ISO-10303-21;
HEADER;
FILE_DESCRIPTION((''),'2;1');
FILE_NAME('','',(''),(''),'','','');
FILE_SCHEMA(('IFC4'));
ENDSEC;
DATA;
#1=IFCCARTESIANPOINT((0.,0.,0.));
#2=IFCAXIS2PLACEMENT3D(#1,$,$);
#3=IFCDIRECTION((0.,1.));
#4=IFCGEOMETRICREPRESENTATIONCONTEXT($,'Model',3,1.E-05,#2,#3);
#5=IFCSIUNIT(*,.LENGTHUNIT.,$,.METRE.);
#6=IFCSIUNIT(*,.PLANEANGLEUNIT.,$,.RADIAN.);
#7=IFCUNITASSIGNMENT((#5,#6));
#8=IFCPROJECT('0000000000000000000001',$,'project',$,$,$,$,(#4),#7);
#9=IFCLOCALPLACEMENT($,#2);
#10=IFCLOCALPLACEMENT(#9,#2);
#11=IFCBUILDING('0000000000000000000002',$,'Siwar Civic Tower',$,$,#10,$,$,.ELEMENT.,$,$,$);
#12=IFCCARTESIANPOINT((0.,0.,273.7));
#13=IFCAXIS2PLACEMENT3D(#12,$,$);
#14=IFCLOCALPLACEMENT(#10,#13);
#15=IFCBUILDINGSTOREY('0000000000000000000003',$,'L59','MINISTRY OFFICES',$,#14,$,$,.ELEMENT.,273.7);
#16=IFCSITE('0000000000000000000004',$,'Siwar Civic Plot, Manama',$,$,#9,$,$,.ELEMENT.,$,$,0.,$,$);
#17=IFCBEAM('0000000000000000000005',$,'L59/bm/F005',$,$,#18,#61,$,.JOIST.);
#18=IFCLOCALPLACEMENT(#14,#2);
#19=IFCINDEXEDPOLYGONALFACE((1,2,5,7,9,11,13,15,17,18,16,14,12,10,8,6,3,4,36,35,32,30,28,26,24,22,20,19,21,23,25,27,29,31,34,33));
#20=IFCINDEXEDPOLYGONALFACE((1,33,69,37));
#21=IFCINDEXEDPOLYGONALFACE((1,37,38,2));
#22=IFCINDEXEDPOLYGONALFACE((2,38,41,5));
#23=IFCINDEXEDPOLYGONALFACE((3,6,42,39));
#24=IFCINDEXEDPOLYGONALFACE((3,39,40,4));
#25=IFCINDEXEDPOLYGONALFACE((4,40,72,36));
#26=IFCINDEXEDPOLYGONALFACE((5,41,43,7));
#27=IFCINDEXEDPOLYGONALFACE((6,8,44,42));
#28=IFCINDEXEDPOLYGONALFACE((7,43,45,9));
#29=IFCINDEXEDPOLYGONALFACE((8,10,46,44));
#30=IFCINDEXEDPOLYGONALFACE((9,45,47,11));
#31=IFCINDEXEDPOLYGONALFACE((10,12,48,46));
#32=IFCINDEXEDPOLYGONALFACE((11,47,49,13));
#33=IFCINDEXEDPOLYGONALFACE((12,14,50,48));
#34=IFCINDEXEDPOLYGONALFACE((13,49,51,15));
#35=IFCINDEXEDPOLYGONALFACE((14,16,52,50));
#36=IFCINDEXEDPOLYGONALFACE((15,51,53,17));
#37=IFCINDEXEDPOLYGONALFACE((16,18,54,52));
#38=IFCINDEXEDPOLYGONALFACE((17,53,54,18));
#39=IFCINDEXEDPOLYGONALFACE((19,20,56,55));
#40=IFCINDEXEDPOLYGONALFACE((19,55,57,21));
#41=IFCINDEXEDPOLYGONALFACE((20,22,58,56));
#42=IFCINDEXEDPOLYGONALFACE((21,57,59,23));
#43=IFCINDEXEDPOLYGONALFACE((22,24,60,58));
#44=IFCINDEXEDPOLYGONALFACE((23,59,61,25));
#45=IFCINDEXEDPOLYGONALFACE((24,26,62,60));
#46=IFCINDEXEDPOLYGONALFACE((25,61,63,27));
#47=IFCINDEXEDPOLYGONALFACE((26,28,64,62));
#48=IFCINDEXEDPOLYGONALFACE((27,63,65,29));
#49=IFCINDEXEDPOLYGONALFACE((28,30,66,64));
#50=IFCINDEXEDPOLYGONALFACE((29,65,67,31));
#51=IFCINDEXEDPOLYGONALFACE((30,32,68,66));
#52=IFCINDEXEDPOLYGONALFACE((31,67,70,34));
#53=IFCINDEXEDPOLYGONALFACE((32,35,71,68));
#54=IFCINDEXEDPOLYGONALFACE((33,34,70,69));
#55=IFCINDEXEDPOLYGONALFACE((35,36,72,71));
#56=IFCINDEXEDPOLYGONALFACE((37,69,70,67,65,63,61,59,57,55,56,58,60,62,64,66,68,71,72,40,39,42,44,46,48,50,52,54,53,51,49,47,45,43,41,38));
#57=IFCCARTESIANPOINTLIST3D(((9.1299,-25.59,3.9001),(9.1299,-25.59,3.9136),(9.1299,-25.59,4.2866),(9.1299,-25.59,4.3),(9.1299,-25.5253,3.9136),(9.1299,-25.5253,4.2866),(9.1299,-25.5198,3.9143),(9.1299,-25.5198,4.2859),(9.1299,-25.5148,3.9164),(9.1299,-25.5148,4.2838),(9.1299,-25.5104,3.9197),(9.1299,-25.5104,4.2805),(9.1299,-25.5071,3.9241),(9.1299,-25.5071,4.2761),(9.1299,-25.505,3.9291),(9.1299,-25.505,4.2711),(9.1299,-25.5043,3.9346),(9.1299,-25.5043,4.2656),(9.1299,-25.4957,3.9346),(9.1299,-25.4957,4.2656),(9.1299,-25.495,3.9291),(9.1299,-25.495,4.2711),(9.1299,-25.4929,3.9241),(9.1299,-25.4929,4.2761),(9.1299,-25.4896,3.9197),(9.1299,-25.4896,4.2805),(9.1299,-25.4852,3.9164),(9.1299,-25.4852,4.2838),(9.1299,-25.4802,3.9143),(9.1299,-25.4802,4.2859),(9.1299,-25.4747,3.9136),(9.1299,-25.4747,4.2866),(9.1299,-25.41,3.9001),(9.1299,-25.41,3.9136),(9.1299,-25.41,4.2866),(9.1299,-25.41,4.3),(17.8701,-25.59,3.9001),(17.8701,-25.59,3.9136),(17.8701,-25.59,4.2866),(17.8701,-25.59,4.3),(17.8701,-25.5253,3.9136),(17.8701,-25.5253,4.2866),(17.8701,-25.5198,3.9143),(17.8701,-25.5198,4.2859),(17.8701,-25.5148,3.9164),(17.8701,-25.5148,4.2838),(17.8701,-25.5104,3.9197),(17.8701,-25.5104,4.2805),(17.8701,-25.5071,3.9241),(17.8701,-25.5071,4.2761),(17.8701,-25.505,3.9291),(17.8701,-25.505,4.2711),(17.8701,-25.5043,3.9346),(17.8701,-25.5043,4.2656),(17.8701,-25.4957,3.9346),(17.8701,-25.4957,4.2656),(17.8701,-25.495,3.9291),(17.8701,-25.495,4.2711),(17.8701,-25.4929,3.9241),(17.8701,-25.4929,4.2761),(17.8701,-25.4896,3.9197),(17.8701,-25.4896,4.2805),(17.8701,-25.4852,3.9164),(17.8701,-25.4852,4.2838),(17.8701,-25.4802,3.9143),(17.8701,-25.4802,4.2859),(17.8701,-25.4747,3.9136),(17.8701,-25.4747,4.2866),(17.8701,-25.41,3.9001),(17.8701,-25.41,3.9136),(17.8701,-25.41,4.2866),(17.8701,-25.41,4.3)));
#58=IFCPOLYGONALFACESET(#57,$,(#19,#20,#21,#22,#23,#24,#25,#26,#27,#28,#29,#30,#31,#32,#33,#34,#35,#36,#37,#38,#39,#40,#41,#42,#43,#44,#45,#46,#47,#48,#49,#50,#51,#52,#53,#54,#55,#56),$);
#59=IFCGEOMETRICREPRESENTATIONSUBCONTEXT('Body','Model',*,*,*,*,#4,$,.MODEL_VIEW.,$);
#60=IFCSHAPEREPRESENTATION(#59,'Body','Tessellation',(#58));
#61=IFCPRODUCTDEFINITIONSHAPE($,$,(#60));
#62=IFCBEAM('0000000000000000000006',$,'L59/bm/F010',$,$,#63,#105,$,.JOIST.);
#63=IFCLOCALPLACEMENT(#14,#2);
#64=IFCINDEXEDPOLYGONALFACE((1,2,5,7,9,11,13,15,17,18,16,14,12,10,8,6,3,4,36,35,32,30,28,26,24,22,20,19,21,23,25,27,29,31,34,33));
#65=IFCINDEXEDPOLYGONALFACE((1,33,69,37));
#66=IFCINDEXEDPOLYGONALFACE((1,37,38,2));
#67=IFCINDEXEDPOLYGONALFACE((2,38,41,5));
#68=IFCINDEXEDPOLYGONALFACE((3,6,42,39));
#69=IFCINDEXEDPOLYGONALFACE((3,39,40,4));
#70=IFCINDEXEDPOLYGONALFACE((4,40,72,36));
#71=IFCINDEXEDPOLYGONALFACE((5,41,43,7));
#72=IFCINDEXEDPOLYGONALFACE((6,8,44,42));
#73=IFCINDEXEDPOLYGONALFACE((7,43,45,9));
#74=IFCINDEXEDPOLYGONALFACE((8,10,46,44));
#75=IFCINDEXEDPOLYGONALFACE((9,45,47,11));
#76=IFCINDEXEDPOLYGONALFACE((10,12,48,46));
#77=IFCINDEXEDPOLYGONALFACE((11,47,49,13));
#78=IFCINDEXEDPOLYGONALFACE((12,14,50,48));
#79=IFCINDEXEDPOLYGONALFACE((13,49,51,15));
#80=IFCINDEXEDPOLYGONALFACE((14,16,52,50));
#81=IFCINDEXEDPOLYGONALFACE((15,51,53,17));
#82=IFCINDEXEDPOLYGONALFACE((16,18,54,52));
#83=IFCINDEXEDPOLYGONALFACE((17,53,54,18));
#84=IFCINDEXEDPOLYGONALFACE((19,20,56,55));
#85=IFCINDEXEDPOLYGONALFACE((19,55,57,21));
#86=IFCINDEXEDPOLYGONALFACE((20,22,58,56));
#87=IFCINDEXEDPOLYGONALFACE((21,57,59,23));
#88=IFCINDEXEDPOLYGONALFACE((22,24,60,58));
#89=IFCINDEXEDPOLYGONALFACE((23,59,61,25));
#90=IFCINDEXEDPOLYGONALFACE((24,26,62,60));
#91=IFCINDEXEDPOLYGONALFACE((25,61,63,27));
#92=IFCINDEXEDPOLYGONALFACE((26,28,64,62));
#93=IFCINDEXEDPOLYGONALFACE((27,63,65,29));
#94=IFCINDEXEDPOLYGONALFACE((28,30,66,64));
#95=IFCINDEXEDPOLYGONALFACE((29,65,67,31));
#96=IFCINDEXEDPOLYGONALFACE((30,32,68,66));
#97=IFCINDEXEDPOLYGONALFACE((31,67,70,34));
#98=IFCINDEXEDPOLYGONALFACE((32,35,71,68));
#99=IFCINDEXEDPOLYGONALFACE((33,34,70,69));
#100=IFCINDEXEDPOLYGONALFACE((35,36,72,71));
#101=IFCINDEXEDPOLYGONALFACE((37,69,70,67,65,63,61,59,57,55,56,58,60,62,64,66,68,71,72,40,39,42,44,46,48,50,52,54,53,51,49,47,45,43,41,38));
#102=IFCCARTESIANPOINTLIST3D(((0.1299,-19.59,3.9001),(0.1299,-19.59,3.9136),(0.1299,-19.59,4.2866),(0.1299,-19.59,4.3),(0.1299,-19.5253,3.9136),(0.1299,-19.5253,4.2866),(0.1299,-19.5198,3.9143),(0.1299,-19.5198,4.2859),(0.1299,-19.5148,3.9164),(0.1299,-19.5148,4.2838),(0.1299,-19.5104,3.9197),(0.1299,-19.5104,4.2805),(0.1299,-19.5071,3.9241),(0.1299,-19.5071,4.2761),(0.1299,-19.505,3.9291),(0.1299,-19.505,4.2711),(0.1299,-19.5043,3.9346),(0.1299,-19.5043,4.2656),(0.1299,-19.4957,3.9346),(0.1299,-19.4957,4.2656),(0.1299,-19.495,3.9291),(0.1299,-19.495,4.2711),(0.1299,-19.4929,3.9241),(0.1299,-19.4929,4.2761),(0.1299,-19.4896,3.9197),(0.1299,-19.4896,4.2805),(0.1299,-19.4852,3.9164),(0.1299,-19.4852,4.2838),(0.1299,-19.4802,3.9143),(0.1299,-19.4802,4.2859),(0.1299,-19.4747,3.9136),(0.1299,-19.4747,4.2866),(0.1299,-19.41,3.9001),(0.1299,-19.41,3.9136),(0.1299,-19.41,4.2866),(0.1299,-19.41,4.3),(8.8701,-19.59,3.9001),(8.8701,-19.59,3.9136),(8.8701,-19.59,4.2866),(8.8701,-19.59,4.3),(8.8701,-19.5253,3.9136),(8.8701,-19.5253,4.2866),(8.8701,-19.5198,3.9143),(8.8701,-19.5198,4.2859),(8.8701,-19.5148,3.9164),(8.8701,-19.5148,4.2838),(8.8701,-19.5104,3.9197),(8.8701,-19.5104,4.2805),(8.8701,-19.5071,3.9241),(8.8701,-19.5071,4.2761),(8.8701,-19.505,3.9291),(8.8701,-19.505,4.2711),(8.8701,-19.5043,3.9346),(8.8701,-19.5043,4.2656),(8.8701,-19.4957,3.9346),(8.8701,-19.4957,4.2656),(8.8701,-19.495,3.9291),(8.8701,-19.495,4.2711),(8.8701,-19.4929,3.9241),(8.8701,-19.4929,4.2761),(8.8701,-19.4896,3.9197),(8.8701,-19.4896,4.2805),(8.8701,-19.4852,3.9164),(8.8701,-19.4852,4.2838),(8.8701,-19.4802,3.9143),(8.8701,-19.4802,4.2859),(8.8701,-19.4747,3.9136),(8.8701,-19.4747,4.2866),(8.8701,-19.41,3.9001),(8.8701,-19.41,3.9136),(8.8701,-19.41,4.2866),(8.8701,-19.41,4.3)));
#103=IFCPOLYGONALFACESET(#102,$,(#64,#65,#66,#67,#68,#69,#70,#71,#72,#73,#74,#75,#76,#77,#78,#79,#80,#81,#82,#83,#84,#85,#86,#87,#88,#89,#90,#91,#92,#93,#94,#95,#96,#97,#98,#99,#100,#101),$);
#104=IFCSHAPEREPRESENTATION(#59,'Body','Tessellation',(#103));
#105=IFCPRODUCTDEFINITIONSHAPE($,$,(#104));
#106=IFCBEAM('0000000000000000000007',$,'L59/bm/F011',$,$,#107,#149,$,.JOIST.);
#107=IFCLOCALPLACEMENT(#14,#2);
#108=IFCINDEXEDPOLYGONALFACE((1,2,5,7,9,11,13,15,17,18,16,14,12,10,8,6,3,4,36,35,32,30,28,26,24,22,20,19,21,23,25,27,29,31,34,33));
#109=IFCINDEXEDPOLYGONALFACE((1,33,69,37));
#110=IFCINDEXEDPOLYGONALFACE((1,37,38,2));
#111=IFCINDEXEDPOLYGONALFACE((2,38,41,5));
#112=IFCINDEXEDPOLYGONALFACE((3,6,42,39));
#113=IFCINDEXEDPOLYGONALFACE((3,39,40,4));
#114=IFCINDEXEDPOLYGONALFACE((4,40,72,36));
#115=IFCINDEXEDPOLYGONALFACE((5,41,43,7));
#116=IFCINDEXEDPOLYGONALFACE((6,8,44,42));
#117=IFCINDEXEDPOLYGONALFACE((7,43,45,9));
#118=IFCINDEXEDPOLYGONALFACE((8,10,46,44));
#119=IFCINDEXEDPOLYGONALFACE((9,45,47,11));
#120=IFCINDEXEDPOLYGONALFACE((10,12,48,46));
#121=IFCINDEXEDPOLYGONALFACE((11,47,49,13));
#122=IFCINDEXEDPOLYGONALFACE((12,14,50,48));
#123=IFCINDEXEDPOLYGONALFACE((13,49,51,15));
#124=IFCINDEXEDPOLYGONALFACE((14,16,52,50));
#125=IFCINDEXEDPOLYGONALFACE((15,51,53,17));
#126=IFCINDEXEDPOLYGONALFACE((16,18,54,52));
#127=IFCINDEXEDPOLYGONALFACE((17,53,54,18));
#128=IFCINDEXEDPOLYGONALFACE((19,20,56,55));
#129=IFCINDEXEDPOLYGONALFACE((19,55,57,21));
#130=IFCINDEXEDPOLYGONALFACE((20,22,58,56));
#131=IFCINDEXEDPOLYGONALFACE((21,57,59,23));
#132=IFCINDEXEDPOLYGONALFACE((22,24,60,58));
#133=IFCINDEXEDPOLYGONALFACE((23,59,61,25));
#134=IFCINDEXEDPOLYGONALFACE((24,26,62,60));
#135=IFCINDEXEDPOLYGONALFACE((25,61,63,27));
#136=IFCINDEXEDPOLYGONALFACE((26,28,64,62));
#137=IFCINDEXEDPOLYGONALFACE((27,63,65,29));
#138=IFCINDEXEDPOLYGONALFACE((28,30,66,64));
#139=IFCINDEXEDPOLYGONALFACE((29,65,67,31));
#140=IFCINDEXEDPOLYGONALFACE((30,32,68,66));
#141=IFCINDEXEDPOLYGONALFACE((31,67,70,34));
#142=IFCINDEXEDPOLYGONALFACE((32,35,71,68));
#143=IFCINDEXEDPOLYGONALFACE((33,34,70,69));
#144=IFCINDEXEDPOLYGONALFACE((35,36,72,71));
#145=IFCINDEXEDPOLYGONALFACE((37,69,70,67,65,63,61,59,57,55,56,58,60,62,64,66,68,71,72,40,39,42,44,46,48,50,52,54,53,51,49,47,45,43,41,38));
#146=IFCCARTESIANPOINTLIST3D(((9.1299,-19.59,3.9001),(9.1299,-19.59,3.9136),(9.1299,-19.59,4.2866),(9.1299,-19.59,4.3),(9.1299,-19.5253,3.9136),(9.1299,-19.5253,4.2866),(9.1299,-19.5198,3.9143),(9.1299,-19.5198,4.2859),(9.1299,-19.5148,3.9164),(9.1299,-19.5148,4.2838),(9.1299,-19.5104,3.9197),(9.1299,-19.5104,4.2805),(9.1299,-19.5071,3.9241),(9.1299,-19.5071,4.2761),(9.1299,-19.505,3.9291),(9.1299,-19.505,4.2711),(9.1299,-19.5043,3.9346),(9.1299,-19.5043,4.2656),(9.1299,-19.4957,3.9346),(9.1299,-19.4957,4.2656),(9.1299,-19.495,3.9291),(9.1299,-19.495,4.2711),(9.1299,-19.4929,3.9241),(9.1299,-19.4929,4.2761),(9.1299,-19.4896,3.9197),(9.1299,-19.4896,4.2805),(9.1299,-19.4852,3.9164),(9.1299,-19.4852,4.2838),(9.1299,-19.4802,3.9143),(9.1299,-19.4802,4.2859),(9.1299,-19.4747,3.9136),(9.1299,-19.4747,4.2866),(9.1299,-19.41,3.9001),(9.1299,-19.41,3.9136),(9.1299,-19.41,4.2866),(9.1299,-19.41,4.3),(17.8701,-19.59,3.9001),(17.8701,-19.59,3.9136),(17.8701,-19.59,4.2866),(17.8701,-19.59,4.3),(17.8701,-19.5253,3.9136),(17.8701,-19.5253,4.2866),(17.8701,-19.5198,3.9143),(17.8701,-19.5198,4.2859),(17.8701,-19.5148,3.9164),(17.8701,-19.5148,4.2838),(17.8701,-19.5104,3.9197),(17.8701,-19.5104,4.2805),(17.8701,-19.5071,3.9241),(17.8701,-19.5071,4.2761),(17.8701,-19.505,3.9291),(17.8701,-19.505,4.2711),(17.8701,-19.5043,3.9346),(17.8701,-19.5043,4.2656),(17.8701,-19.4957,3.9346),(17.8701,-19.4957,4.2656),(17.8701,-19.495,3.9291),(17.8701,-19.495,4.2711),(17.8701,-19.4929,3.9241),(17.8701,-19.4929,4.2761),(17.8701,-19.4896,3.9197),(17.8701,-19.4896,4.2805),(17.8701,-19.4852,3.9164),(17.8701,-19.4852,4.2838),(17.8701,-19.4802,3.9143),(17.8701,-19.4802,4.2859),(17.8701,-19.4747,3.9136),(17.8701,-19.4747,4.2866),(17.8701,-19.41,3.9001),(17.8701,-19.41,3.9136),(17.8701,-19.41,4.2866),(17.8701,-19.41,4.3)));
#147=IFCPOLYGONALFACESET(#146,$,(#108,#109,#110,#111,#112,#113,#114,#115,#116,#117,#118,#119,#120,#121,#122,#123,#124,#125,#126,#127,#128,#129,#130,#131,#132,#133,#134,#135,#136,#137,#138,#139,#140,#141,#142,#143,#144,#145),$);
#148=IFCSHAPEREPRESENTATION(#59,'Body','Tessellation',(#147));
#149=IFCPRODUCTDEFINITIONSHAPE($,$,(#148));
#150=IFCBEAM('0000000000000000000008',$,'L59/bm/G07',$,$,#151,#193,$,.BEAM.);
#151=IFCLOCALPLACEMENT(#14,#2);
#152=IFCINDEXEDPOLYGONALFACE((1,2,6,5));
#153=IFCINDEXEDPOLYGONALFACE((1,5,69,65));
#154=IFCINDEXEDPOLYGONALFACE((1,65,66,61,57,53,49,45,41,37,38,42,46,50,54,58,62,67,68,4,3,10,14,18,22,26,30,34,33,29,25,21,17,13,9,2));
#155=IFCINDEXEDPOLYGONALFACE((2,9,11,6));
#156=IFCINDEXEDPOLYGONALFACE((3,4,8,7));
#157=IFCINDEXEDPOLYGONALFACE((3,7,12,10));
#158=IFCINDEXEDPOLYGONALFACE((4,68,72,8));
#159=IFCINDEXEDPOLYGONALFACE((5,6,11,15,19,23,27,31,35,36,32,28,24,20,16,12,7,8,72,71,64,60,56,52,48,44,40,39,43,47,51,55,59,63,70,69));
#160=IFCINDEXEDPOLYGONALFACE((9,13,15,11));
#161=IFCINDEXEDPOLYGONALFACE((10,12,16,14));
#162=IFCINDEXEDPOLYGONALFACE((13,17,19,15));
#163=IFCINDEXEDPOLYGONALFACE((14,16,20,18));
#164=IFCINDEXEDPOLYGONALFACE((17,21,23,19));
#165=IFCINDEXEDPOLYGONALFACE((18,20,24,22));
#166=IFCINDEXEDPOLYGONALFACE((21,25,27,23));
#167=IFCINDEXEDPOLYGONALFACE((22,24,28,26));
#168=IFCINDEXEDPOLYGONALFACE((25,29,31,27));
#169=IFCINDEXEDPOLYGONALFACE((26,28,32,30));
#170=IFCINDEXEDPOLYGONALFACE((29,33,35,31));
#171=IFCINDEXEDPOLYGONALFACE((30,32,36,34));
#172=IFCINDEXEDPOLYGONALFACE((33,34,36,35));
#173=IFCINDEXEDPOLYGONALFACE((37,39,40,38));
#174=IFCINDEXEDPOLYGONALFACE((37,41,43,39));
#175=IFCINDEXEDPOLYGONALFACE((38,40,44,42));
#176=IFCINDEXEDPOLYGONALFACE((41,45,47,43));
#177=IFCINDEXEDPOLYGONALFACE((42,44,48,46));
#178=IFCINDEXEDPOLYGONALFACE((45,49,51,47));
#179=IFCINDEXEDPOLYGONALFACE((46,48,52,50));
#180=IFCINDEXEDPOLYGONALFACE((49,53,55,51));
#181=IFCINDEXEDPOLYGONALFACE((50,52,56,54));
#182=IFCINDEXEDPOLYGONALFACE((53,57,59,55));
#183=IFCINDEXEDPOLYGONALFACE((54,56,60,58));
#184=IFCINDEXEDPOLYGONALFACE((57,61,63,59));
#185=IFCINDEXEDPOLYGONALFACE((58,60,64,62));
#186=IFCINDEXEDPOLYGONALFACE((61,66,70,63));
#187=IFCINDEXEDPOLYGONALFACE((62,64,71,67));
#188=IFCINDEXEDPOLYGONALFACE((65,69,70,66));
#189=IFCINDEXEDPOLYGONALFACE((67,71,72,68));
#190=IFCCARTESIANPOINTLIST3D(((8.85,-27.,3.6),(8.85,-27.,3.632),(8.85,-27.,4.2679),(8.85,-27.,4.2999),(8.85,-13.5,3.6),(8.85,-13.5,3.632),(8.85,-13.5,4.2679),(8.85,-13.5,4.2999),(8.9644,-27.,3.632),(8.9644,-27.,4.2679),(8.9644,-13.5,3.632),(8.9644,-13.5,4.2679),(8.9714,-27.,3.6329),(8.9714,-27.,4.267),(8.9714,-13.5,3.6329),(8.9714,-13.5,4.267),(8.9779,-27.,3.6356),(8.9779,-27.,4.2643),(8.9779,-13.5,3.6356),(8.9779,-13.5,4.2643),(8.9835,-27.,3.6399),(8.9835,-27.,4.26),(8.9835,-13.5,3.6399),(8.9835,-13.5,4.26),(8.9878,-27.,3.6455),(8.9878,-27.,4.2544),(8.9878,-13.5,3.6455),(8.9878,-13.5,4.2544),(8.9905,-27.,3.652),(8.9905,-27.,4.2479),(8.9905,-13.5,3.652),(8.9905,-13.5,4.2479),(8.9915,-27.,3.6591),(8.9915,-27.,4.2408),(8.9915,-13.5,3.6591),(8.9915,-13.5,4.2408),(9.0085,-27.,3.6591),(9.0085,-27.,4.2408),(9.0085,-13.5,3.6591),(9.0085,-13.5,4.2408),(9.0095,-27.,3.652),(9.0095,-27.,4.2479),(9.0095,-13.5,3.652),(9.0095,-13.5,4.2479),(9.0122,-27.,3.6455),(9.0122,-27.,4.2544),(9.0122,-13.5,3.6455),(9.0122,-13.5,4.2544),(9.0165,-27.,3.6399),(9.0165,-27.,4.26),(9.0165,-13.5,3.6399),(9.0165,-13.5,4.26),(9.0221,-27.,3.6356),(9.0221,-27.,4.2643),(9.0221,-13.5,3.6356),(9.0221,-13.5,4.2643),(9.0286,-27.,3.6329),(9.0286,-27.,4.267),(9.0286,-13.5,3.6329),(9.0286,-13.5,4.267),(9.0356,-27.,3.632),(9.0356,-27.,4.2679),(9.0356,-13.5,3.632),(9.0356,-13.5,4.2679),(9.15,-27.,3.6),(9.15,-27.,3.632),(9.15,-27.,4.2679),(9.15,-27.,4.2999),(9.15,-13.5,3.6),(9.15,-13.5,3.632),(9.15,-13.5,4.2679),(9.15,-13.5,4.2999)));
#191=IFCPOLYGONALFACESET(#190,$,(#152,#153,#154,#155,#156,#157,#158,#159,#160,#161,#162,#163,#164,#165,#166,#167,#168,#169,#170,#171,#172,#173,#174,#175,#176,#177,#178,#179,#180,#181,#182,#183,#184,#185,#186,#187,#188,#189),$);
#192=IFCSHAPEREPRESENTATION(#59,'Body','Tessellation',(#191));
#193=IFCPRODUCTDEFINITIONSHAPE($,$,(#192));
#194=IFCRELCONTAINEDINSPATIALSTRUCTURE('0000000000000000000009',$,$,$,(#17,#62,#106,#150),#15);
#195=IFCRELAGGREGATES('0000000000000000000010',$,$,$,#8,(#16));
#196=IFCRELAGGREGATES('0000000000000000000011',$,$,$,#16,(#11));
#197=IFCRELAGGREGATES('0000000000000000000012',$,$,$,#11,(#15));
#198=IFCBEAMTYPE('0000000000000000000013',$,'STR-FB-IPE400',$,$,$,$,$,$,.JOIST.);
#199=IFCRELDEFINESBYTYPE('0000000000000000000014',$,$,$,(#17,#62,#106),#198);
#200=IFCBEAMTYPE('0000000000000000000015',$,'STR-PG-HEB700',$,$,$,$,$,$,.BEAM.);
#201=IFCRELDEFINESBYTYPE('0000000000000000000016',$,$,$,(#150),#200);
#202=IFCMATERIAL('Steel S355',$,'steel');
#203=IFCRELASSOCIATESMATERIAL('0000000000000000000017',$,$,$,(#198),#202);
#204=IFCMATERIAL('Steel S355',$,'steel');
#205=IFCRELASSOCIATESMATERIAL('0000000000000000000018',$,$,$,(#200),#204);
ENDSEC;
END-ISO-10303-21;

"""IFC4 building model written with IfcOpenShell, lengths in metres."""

from ifc_helpers import new_model, si_unit, direction, frame, origin, origin_2d, place, context, subcontext, project, spatial, i_section, extrude, material, material_profile, profile_set, type_object, element, save


model = new_model("IFC4")

# Units and contexts
model_context = context("Model", 3, precision=1e-05, world=origin(), true_north=direction((0.0, 1.0)))
body_context = subcontext(model_context, "Body", "Model", "MODEL_VIEW")
ifc_project = project(units=[si_unit("LENGTHUNIT", "METRE"), si_unit("PLANEANGLEUNIT", "RADIAN")], contexts=[model_context])

# Site, building, storey
site_placement = place(None, origin())
site = spatial("IfcSite", under=ifc_project, at=site_placement, Name="Siwar Civic Plot, Manama", CompositionType="ELEMENT", RefElevation=0.0)
building_placement = place(site_placement, origin())
building = spatial("IfcBuilding", under=site, at=building_placement, Name="Siwar Civic Tower", CompositionType="ELEMENT")
storey_placement = place(building_placement, frame((0.0, 0.0, 273.7)))
storey = spatial("IfcBuildingStorey", under=building, at=storey_placement, Name="L59", Description="MINISTRY OFFICES", CompositionType="ELEMENT", Elevation=273.7)

# Beams
ifc_material_1 = material(Name="Steel S355", Category="steel")
ifc_material_profile_1 = material_profile(ifc_material_1, i_section(OverallWidth=0.1799, OverallDepth=0.3999, WebThickness=0.0085, FlangeThickness=0.0134, FilletRadius=0.021, at=origin_2d()), Name="IPE400")
ifc_profile_set_1 = profile_set([ifc_material_profile_1], Name="Steel S355")
beam_type_1 = type_object("IfcBeamType", Name="STR-FB-IPE400", PredefinedType="JOIST", material=ifc_profile_set_1)
for number, where, z_axis, x_axis, name in (
    (1, (9.1299, -25.5, 4.1001), (1.0, 0.0, 0.0), (0.0, 1.0, 0.0), "L59/bm/F005"),
    (2, (0.1299, -19.5, 4.1001), (1.0, 0.0, 0.0), (0.0, 1.0, 0.0), "L59/bm/F010"),
    (3, (9.1299, -19.5, 4.1001), (1.0, 0.0, 0.0), (0.0, 1.0, 0.0), "L59/bm/F011"),
):
    element("IfcBeam", number, at=place(storey_placement, frame(where, z_axis=z_axis, x_axis=x_axis)), inside=storey, type_object=beam_type_1, Name=name, PredefinedType="JOIST", context=body_context, shape_type="SweptSolid", body=[
        extrude(i_section(OverallWidth=0.1799, OverallDepth=0.3999, WebThickness=0.0085, FlangeThickness=0.0134, FilletRadius=0.021, at=origin_2d()), origin(), (0.0, 0.0, 1.0), 8.7402),
    ])
ifc_material_2 = material(Name="Steel S355", Category="steel")
ifc_material_profile_2 = material_profile(ifc_material_2, i_section(OverallWidth=0.3, OverallDepth=0.7, WebThickness=0.0171, FlangeThickness=0.032, FilletRadius=0.0271, at=origin_2d()), Name="HEB700")
ifc_profile_set_2 = profile_set([ifc_material_profile_2], Name="Steel S355")
beam_type_2 = type_object("IfcBeamType", Name="STR-PG-HEB700", PredefinedType="BEAM", material=ifc_profile_set_2)
beam_1_placement = place(storey_placement, frame((9.0, -27.0, 3.95), z_axis=(0.0, 1.0, 0.0), x_axis=(-1.0, 0.0, 0.0)))
element("IfcBeam", 4, at=beam_1_placement, inside=storey, type_object=beam_type_2, Name="L59/bm/G07", PredefinedType="BEAM", context=body_context, shape_type="SweptSolid", body=[
    extrude(i_section(OverallWidth=0.3, OverallDepth=0.7, WebThickness=0.0171, FlangeThickness=0.032, FilletRadius=0.0271, at=origin_2d()), origin(), (0.0, 0.0, 1.0), 13.5),
])

save(model, "model.ifc")
